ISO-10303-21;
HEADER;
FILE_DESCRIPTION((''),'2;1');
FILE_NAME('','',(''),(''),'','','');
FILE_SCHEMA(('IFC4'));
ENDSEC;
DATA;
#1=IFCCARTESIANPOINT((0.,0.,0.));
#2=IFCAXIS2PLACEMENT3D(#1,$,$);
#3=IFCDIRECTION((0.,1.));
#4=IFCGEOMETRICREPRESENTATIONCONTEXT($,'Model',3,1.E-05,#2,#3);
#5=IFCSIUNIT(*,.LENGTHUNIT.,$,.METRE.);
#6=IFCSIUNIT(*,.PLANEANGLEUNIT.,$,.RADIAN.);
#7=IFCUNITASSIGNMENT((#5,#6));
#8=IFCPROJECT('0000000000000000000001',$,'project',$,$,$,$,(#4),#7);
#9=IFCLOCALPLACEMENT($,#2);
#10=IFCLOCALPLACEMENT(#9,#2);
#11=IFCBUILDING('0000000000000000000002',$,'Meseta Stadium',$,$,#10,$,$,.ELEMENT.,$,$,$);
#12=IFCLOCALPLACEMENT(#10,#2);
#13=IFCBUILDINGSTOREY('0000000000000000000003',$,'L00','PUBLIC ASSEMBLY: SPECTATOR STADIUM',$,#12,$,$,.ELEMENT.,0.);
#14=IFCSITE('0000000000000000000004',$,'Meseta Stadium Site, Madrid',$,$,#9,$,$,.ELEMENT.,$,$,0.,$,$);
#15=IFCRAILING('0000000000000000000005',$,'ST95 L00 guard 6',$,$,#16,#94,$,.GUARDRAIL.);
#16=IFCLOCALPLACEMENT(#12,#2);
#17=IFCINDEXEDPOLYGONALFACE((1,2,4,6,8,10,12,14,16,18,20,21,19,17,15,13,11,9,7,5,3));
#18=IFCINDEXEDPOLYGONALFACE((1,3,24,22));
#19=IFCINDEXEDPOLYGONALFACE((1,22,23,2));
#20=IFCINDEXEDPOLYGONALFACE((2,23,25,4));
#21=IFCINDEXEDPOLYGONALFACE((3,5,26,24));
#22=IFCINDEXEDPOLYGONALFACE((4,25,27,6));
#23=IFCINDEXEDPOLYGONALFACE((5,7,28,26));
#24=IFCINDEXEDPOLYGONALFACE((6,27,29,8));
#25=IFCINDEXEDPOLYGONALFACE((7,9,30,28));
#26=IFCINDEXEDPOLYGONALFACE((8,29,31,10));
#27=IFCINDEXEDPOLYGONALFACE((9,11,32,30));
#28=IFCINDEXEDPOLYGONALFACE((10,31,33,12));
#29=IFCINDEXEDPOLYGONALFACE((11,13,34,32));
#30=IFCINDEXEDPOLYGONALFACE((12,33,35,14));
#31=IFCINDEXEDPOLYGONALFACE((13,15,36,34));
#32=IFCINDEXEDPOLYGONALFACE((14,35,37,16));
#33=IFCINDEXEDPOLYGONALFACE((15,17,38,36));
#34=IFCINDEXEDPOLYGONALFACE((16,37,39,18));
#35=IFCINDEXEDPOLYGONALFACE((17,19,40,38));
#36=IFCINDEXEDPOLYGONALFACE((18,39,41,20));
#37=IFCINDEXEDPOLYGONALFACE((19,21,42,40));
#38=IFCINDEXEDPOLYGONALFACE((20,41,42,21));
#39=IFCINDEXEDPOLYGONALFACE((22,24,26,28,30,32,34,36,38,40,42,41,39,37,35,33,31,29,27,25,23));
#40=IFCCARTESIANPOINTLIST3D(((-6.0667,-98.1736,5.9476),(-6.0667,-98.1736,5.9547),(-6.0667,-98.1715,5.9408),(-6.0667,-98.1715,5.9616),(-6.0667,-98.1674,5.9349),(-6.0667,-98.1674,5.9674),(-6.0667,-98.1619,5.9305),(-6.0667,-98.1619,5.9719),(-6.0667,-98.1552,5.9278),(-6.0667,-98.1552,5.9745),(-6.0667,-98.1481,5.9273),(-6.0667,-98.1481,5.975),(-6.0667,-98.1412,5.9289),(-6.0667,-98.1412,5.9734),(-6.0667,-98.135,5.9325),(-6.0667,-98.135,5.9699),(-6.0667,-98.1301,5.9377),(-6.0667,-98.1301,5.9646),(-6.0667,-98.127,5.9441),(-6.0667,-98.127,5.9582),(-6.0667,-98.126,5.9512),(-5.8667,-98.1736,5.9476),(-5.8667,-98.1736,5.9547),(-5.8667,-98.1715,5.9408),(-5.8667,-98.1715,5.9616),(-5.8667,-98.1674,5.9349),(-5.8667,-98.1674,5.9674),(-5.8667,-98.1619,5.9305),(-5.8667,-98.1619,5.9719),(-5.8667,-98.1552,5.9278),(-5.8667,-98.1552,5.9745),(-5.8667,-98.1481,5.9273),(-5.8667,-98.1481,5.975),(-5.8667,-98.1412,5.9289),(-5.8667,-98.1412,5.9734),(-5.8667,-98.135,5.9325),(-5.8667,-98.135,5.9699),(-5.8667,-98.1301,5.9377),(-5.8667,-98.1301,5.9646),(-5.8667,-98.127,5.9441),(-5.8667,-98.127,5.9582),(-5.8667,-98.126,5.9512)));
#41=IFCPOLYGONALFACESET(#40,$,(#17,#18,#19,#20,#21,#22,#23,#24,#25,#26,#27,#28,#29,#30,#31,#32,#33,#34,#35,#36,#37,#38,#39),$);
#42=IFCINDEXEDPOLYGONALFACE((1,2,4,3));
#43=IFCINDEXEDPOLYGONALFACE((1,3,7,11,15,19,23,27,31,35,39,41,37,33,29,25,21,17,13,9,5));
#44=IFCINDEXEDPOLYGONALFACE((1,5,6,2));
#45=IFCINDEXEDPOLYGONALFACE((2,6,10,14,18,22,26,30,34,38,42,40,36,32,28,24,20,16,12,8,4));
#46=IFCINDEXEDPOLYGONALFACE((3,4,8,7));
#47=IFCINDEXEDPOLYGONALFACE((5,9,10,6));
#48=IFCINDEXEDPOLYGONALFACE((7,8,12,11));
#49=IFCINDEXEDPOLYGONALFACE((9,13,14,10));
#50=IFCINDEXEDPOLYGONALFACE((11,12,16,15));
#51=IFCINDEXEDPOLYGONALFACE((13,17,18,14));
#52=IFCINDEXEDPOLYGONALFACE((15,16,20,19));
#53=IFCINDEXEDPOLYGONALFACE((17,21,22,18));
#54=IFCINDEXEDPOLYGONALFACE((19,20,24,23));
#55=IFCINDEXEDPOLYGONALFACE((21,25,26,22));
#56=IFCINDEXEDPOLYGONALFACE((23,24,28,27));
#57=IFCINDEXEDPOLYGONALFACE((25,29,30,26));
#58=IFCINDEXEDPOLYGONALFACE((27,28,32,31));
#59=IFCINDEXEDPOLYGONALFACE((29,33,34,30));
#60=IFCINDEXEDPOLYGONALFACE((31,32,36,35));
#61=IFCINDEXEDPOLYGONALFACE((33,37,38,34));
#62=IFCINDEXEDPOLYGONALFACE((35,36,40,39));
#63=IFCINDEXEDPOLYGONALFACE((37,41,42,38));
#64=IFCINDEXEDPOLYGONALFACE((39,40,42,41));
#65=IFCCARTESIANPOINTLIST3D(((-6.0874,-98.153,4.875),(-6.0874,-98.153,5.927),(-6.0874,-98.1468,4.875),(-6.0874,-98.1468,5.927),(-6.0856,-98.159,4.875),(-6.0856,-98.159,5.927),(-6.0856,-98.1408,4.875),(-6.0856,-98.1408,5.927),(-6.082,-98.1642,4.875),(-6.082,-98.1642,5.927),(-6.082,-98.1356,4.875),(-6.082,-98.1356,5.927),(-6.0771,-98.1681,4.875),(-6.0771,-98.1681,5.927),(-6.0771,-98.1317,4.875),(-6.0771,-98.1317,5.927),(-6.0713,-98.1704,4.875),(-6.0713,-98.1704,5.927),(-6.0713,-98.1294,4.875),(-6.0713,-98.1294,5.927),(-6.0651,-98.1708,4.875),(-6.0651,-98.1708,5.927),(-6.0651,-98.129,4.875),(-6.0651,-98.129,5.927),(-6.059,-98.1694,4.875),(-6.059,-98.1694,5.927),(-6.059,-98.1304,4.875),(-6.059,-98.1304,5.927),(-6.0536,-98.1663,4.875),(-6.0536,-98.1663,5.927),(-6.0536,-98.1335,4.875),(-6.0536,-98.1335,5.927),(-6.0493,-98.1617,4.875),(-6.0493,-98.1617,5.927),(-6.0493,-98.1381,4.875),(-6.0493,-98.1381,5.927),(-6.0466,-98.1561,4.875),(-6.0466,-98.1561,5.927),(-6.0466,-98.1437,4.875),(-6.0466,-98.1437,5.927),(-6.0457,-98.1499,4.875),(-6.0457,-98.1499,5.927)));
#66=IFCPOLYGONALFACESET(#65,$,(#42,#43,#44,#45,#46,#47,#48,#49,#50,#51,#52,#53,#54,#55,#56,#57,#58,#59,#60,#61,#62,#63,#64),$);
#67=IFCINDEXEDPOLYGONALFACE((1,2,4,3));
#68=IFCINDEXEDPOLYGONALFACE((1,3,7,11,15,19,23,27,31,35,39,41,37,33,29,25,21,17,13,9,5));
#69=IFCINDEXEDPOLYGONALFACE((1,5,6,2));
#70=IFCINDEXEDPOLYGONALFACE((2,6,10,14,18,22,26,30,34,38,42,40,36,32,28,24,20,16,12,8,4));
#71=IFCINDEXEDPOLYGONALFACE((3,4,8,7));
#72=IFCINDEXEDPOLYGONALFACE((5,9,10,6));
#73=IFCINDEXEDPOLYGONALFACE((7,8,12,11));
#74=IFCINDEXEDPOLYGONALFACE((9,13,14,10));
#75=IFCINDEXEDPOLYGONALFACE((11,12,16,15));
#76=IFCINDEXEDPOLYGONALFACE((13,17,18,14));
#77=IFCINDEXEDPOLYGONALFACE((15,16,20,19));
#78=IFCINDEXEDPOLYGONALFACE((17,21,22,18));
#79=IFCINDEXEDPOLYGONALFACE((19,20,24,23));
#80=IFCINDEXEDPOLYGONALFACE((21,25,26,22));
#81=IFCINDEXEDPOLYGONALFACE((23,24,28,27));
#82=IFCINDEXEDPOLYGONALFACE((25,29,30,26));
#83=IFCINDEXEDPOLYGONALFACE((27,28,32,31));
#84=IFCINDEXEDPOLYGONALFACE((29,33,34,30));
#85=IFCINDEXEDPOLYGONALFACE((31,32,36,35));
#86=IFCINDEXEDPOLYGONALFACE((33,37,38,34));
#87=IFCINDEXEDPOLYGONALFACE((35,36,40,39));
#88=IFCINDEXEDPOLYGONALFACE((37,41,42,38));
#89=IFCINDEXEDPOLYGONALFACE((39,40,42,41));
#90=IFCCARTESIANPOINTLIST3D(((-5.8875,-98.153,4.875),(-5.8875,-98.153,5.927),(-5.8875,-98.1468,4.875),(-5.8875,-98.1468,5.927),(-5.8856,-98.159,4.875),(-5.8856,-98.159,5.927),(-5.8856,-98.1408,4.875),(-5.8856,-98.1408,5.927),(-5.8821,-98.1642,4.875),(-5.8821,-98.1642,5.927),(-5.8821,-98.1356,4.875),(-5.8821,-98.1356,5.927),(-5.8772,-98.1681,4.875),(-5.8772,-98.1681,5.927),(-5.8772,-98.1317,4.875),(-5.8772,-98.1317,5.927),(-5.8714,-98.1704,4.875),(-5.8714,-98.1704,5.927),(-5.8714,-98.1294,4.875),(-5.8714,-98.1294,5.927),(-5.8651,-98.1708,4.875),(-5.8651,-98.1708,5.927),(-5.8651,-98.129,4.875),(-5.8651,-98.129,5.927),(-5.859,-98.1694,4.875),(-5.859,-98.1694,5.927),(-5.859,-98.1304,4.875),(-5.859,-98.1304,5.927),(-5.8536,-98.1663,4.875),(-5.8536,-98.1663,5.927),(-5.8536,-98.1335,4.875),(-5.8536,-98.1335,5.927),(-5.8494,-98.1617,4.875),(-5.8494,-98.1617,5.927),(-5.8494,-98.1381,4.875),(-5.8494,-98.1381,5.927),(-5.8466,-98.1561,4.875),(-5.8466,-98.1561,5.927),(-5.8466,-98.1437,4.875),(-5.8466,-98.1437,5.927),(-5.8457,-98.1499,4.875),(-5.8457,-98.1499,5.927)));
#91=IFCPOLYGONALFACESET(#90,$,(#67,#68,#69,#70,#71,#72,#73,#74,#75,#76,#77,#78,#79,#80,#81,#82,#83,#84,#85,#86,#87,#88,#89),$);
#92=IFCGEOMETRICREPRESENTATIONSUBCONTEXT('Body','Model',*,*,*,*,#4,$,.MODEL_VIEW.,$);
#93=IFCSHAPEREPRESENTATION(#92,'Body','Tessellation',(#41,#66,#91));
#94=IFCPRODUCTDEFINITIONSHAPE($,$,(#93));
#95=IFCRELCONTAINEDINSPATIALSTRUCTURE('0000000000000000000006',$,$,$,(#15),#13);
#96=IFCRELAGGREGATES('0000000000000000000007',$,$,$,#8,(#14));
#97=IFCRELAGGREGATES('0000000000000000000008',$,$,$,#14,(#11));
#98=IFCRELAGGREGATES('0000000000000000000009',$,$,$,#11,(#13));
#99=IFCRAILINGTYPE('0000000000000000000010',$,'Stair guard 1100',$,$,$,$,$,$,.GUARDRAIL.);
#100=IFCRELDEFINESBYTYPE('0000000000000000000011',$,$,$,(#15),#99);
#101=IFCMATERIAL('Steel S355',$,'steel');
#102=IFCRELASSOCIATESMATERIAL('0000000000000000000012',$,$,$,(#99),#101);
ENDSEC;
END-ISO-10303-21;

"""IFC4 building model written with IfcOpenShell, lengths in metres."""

from ifc_helpers import new_model, si_unit, direction, frame, origin, origin_2d, place, context, subcontext, project, spatial, circle, extrude, material, type_object, element, save


model = new_model("IFC4")

# Units and contexts
model_context = context("Model", 3, precision=1e-05, world=origin(), true_north=direction((0.0, 1.0)))
body_context = subcontext(model_context, "Body", "Model", "MODEL_VIEW")
ifc_project = project(units=[si_unit("LENGTHUNIT", "METRE"), si_unit("PLANEANGLEUNIT", "RADIAN")], contexts=[model_context])

# Site, building, storey
site_placement = place(None, origin())
site = spatial("IfcSite", under=ifc_project, at=site_placement, Name="Meseta Stadium Site, Madrid", CompositionType="ELEMENT", RefElevation=0.0)
building_placement = place(site_placement, origin())
building = spatial("IfcBuilding", under=site, at=building_placement, Name="Meseta Stadium", CompositionType="ELEMENT")
storey_placement = place(building_placement, origin())
storey = spatial("IfcBuildingStorey", under=building, at=storey_placement, Name="L00", Description="PUBLIC ASSEMBLY: SPECTATOR STADIUM", CompositionType="ELEMENT", Elevation=0.0)

# Railing
ifc_material_1 = material(Name="Steel S355", Category="steel")
railing_type_1 = type_object("IfcRailingType", Name="Stair guard 1100", PredefinedType="GUARDRAIL", material=ifc_material_1)
railing_1_placement = place(storey_placement, frame((-6.0667, -98.1499, 4.875)))
element("IfcRailing", 1, at=railing_1_placement, inside=storey, type_object=railing_type_1, Name="ST95 L00 guard 6", PredefinedType="GUARDRAIL", context=body_context, shape_type="SweptSolid", body=[
    extrude(circle(Radius=0.0239, at=origin_2d()), frame((0.0, 0.0, 1.0762), z_axis=(1.0, 0.0, 0.0), x_axis=(0.0, 1.0, 0.0)), (0.0, 0.0, 1.0), 0.2),
    extrude(circle(Radius=0.021, at=origin_2d()), origin(), (0.0, 0.0, 1.0), 1.052),
    extrude(circle(Radius=0.021, at=origin_2d()), frame((0.2, 0.0, 0.0)), (0.0, 0.0, 1.0), 1.052),
])

save(model, "model.ifc")
